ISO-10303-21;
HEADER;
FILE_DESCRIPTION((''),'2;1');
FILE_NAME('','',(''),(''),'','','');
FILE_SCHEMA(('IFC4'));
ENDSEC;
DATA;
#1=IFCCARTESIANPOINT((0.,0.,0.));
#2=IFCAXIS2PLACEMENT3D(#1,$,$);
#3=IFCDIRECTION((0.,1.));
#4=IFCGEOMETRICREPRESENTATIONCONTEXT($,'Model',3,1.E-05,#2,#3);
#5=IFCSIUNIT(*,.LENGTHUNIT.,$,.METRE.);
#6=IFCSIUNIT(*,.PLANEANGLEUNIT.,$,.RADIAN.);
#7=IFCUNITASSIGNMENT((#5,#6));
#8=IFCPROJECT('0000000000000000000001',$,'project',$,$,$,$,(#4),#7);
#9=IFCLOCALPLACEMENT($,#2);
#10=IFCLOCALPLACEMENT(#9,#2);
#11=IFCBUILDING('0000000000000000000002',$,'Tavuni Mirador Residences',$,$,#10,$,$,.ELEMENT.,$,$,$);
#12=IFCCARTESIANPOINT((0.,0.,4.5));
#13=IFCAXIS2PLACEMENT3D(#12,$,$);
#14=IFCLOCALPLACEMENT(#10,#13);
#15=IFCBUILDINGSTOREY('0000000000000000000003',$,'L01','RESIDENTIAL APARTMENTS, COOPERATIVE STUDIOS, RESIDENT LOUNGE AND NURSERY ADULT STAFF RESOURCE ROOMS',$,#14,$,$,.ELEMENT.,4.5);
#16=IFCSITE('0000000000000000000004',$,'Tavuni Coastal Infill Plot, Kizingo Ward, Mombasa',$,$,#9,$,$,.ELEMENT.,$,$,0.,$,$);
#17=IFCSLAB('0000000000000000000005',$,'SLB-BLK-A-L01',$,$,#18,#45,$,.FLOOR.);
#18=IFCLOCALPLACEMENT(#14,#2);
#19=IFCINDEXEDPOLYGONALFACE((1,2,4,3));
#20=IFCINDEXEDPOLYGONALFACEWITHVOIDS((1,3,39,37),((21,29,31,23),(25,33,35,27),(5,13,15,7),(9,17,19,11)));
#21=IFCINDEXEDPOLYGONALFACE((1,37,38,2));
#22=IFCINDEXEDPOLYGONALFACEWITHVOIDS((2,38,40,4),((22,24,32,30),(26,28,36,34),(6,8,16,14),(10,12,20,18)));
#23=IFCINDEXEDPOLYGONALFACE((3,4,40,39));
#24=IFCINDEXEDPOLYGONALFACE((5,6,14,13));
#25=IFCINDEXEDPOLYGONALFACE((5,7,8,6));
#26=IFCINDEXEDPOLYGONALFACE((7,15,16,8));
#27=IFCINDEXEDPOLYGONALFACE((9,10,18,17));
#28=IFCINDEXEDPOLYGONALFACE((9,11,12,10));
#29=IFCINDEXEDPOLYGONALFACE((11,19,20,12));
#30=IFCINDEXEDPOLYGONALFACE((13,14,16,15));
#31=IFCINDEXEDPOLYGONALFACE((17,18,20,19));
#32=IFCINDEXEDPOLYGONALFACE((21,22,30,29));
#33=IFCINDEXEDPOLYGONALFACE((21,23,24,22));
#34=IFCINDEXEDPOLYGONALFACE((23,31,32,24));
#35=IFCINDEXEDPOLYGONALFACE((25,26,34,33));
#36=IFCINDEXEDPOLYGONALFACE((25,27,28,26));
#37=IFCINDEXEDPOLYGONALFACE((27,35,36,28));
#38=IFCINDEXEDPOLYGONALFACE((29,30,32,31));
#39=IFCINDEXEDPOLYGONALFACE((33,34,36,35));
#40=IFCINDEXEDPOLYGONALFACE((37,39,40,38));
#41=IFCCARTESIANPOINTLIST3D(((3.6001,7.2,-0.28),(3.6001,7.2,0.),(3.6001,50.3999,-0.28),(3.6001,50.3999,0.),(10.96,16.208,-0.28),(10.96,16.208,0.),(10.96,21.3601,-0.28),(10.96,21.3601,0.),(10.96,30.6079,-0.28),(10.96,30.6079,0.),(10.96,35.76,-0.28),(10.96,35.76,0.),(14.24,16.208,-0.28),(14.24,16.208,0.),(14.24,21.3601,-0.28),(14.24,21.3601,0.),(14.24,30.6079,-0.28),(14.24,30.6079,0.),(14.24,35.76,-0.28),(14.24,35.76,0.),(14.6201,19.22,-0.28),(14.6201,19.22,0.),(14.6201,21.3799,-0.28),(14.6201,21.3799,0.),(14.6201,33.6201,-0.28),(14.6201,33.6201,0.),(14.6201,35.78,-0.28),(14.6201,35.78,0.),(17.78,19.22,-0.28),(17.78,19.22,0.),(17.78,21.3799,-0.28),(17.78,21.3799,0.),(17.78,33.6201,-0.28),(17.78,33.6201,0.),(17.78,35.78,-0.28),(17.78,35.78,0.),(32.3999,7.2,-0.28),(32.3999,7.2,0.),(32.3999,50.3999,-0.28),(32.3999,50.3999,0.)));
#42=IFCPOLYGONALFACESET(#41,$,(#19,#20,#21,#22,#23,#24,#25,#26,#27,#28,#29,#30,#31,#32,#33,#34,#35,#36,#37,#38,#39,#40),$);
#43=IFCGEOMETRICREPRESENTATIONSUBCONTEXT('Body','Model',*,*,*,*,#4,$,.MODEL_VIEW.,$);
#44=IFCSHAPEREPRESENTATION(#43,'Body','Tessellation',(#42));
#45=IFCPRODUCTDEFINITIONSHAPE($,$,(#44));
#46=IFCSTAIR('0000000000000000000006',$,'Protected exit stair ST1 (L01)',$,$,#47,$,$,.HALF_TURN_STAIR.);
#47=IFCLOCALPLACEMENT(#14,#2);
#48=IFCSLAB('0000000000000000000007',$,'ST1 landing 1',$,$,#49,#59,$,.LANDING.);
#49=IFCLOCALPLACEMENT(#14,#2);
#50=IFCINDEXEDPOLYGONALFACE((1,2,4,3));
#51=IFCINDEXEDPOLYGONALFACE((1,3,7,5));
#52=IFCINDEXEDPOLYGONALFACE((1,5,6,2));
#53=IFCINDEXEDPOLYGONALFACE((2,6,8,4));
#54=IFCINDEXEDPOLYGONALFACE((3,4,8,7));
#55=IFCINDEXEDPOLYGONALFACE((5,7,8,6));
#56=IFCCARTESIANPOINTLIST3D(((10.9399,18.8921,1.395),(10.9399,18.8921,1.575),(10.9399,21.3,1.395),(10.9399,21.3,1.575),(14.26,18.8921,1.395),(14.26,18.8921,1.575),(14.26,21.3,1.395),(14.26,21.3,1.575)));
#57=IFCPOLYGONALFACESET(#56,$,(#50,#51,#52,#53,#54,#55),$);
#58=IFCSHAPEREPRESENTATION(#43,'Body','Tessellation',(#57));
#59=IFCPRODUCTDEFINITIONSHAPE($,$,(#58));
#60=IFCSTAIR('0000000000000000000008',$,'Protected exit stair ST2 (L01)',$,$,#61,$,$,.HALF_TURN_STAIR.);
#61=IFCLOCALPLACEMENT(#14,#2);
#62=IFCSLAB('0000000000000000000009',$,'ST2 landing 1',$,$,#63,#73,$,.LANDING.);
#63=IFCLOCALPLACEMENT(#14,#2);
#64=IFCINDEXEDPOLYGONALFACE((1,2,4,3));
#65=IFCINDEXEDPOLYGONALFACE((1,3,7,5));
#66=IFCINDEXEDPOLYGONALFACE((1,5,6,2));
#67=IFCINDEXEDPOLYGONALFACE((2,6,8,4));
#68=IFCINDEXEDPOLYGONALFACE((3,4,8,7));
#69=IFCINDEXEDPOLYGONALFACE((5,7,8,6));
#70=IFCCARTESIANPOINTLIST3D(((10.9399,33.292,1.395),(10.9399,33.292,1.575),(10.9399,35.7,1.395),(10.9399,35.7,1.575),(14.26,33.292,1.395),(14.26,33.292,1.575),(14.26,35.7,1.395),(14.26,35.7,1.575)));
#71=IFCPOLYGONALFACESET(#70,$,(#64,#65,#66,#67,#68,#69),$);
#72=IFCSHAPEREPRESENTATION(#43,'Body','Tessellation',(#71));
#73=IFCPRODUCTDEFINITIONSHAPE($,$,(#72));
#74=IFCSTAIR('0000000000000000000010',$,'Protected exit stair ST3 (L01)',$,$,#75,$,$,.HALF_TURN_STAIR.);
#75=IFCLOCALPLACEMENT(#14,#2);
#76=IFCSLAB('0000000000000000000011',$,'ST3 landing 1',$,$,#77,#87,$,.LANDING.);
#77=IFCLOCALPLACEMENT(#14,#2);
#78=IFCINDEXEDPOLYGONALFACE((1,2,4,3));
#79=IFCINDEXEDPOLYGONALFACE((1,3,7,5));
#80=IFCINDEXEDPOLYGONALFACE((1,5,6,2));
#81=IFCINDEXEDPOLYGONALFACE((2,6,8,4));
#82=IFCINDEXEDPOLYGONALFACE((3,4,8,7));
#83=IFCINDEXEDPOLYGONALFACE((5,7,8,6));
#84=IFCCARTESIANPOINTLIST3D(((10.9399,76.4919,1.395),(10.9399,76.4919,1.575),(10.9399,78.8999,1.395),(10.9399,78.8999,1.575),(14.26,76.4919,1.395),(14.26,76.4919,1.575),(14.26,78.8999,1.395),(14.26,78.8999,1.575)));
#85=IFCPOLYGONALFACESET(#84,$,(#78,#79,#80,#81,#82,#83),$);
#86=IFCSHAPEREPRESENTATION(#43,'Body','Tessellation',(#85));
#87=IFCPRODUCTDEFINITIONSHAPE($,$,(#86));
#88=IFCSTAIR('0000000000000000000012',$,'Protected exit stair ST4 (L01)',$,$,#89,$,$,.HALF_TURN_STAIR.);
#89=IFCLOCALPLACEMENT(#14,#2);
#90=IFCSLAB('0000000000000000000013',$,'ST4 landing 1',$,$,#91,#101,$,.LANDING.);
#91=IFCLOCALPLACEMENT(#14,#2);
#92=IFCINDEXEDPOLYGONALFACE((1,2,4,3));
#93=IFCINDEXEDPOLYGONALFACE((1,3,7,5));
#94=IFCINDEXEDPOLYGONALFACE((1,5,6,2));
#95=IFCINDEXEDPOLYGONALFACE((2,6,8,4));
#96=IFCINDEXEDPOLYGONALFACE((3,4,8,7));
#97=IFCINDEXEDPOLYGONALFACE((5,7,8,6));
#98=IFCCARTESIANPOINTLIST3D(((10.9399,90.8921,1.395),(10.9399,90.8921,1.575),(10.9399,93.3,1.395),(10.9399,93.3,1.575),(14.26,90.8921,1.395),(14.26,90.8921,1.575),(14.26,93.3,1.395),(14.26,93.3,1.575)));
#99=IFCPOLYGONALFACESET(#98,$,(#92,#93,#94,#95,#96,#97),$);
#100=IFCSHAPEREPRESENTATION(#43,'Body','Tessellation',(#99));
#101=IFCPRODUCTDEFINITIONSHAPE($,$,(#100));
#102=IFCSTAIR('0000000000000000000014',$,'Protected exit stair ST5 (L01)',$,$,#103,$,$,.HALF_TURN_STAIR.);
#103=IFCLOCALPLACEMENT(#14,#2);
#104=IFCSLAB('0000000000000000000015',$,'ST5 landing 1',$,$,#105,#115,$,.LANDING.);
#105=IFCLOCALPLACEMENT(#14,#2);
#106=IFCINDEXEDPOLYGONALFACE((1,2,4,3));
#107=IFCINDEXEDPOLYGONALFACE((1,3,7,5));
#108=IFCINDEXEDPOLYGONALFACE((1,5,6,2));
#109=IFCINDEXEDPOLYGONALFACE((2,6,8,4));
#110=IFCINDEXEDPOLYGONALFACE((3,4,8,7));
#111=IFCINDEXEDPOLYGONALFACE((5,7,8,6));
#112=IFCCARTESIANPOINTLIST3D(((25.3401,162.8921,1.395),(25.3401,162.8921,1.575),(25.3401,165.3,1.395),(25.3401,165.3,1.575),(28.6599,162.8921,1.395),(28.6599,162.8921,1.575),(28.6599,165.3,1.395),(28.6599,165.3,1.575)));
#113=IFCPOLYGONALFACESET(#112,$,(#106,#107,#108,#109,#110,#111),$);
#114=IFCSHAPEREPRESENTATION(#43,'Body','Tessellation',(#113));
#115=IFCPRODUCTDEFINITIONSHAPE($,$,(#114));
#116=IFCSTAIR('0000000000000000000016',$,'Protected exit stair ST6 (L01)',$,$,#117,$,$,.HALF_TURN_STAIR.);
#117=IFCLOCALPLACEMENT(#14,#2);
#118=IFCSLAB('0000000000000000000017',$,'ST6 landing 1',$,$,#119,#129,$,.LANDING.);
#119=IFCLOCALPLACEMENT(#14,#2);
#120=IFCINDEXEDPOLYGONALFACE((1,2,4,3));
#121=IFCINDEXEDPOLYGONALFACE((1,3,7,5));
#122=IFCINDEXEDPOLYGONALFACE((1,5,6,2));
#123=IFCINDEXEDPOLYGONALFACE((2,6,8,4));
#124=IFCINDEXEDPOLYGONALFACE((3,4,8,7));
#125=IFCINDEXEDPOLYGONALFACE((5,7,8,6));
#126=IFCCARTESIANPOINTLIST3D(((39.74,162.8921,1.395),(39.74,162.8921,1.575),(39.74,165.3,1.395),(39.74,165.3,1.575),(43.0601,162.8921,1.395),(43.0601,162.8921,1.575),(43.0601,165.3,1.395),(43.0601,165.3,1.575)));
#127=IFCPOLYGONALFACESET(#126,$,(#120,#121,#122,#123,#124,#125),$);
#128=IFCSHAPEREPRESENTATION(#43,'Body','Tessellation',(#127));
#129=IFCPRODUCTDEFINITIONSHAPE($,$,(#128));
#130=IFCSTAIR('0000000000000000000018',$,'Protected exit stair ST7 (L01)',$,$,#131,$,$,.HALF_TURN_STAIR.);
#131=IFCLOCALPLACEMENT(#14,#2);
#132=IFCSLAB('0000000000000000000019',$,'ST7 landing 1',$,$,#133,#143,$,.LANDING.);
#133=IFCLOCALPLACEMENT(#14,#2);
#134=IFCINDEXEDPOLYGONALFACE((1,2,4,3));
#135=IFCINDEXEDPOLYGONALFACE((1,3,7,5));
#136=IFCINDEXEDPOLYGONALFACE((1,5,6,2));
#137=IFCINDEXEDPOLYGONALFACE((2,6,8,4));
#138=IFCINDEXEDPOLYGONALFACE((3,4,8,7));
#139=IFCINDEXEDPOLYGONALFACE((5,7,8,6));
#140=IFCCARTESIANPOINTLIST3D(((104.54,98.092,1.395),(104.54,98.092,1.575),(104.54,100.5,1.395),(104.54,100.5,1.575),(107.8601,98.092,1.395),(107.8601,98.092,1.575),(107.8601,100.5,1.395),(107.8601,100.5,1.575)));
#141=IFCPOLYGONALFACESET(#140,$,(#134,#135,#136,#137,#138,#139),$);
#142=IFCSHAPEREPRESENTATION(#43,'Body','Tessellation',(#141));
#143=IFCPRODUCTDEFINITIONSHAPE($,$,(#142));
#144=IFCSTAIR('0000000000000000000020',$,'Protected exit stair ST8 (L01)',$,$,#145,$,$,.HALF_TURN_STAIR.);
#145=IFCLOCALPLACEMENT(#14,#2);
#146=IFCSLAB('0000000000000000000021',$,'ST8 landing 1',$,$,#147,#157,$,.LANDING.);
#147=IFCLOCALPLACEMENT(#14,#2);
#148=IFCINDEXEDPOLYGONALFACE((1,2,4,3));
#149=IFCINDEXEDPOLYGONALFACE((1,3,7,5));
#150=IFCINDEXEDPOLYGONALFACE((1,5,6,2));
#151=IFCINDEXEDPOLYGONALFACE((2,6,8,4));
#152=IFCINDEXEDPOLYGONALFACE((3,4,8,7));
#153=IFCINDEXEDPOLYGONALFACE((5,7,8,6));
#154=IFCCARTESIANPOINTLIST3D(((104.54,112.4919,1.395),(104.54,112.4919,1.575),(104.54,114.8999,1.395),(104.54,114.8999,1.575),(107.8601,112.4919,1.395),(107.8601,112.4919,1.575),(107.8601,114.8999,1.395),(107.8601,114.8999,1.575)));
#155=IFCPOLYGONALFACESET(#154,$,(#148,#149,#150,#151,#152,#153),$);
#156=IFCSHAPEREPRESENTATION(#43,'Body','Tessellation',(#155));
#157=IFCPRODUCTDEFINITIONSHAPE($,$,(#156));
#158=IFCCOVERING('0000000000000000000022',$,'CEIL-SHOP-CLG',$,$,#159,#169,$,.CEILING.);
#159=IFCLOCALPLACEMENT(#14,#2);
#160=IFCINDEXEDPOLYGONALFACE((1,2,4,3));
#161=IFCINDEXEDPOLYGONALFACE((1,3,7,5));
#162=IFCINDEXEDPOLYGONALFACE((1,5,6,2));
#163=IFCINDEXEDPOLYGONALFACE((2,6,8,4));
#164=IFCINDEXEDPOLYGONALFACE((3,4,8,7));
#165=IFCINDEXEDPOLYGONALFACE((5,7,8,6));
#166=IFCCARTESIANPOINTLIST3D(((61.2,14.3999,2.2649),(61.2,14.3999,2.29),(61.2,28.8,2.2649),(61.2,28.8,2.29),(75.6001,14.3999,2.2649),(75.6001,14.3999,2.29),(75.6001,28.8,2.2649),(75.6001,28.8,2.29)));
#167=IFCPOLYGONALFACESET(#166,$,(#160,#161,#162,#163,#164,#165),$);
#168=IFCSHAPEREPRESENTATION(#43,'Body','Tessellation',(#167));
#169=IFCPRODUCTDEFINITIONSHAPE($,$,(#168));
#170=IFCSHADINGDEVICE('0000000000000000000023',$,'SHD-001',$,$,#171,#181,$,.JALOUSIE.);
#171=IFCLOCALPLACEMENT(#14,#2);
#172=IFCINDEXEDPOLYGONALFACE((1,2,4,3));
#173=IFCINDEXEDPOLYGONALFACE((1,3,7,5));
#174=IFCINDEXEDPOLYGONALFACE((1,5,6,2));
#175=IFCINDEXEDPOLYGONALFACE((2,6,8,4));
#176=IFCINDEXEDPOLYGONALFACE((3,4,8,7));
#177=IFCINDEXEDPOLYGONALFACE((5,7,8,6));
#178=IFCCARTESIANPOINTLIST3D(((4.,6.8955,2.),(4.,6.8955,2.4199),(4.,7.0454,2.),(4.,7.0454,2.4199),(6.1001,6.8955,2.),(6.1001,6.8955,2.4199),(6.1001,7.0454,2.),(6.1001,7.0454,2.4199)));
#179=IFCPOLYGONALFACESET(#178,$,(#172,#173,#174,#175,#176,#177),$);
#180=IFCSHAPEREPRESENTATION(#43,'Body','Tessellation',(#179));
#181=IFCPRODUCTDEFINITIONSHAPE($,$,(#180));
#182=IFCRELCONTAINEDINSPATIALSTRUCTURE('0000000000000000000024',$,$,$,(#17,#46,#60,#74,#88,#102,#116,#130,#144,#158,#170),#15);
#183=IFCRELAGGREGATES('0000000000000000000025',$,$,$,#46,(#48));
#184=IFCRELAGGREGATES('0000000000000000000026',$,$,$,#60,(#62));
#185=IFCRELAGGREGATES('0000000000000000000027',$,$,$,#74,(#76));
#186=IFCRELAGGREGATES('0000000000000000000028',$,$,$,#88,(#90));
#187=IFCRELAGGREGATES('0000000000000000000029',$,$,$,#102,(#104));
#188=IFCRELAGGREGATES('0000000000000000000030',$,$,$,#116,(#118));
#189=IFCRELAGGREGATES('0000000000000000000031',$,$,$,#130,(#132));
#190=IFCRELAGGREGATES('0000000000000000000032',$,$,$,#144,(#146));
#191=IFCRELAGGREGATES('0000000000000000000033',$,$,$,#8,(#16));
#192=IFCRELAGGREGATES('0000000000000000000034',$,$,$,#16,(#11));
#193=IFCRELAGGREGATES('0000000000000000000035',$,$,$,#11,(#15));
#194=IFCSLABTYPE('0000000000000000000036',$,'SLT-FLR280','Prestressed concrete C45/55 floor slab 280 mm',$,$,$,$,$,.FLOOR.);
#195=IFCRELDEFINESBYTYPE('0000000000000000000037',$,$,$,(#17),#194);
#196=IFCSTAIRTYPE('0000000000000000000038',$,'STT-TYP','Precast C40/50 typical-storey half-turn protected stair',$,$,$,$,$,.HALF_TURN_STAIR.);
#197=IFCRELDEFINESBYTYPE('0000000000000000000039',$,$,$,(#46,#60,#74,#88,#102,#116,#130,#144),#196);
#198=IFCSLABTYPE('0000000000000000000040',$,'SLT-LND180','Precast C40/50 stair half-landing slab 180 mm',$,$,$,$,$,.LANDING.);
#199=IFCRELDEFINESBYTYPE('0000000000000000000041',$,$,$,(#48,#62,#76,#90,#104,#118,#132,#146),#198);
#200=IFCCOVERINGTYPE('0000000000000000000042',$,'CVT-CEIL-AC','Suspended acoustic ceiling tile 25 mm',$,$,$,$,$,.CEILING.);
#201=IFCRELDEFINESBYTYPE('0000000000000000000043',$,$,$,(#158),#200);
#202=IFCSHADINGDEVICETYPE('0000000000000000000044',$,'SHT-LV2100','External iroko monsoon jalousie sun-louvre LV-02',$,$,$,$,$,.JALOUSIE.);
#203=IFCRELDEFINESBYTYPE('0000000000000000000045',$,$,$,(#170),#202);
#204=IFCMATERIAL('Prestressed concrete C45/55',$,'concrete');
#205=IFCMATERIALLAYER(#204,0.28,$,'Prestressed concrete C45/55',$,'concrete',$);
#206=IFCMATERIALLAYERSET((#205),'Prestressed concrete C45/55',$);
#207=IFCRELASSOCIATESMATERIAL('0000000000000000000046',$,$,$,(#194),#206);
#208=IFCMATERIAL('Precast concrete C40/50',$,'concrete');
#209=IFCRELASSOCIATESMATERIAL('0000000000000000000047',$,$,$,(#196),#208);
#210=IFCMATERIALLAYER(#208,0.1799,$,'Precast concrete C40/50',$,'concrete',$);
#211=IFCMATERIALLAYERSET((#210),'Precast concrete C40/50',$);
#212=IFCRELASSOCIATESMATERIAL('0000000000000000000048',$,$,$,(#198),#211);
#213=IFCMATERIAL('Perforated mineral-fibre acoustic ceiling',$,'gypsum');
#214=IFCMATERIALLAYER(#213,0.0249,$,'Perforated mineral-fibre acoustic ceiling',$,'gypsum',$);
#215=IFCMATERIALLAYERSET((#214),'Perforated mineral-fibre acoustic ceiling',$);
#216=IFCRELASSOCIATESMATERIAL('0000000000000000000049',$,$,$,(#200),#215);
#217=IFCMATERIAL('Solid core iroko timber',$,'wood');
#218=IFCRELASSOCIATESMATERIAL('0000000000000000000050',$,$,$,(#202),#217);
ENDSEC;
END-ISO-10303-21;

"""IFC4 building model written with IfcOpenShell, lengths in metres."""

from ifc_helpers import new_model, si_unit, direction, frame, origin, origin_2d, place, context, subcontext, project, spatial, polyline, rectangle, outline, extrude, material, layer, layer_set, type_object, element, aggregate, save


model = new_model("IFC4")

# Units and contexts
model_context = context("Model", 3, precision=1e-05, world=origin(), true_north=direction((0.0, 1.0)))
body_context = subcontext(model_context, "Body", "Model", "MODEL_VIEW")
ifc_project = project(units=[si_unit("LENGTHUNIT", "METRE"), si_unit("PLANEANGLEUNIT", "RADIAN")], contexts=[model_context])

# Site, building, storey
site_placement = place(None, origin())
site = spatial("IfcSite", under=ifc_project, at=site_placement, Name="Tavuni Coastal Infill Plot, Kizingo Ward, Mombasa", CompositionType="ELEMENT", RefElevation=0.0)
building_placement = place(site_placement, origin())
building = spatial("IfcBuilding", under=site, at=building_placement, Name="Tavuni Mirador Residences", CompositionType="ELEMENT")
storey_placement = place(building_placement, frame((0.0, 0.0, 4.5)))
storey = spatial("IfcBuildingStorey", under=building, at=storey_placement, Name="L01", Description="RESIDENTIAL APARTMENTS, COOPERATIVE STUDIOS, RESIDENT LOUNGE AND NURSERY ADULT STAFF RESOURCE ROOMS", CompositionType="ELEMENT", Elevation=4.5)

# Shared definitions
ifc_material_1 = material(Name="Precast concrete C40/50", Category="concrete")

# Slab
ifc_material_2 = material(Name="Prestressed concrete C45/55", Category="concrete")
ifc_layer_1 = layer(ifc_material_2, 0.28, Name="Prestressed concrete C45/55", Category="concrete")
ifc_layer_set_1 = layer_set([ifc_layer_1], Name="Prestressed concrete C45/55")
slab_type_1 = type_object("IfcSlabType", Name="SLT-FLR280", Description="Prestressed concrete C45/55 floor slab 280 mm", PredefinedType="FLOOR", material=ifc_layer_set_1)
slab_1_placement = place(storey_placement, frame((0.0, 0.0, -0.28)))
element("IfcSlab", 1, at=slab_1_placement, inside=storey, type_object=slab_type_1, Name="SLB-BLK-A-L01", PredefinedType="FLOOR", context=body_context, shape_type="SweptSolid", body=[
    extrude(outline(polyline([(3.6001, 7.2), (32.3999, 7.2), (32.3999, 50.3999), (3.6001, 50.3999), (3.6001, 7.2)]), holes=[polyline([(10.96, 16.208), (14.24, 16.208), (14.24, 21.3601), (10.96, 21.3601), (10.96, 16.208)]), polyline([(14.6201, 19.22), (17.78, 19.22), (17.78, 21.3799), (14.6201, 21.3799), (14.6201, 19.22)]), polyline([(10.96, 30.6079), (14.24, 30.6079), (14.24, 35.76), (10.96, 35.76), (10.96, 30.6079)]), polyline([(14.6201, 33.6201), (17.78, 33.6201), (17.78, 35.78), (14.6201, 35.78), (14.6201, 33.6201)])]), origin(), (0.0, 0.0, 1.0), 0.28),
])

# Stairs, slabs
stair_type = type_object("IfcStairType", Name="STT-TYP", Description="Precast C40/50 typical-storey half-turn protected stair", PredefinedType="HALF_TURN_STAIR", material=ifc_material_1)
stair_1_placement = place(storey_placement, origin())
stair_1 = element("IfcStair", 2, at=stair_1_placement, inside=storey, type_object=stair_type, Name="Protected exit stair ST1 (L01)", PredefinedType="HALF_TURN_STAIR")
ifc_layer_2 = layer(ifc_material_1, 0.1799, Name="Precast concrete C40/50", Category="concrete")
ifc_layer_set_2 = layer_set([ifc_layer_2], Name="Precast concrete C40/50")
slab_type_2 = type_object("IfcSlabType", Name="SLT-LND180", Description="Precast C40/50 stair half-landing slab 180 mm", PredefinedType="LANDING", material=ifc_layer_set_2)
slab_2_placement = place(storey_placement, frame((0.0, 0.0, 1.395)))
slab_2 = element("IfcSlab", 3, at=slab_2_placement, type_object=slab_type_2, Name="ST1 landing 1", PredefinedType="LANDING", context=body_context, shape_type="SweptSolid", body=[
    extrude(outline(polyline([(10.9399, 18.8921), (14.26, 18.8921), (14.26, 21.3), (10.9399, 21.3), (10.9399, 18.8921)])), origin(), (0.0, 0.0, 1.0), 0.1799),
])
aggregate(stair_1, [slab_2])
stair_2_placement = place(storey_placement, origin())
stair_2 = element("IfcStair", 4, at=stair_2_placement, inside=storey, type_object=stair_type, Name="Protected exit stair ST2 (L01)", PredefinedType="HALF_TURN_STAIR")
slab_3_placement = place(storey_placement, frame((0.0, 0.0, 1.395)))
slab_3 = element("IfcSlab", 5, at=slab_3_placement, type_object=slab_type_2, Name="ST2 landing 1", PredefinedType="LANDING", context=body_context, shape_type="SweptSolid", body=[
    extrude(outline(polyline([(10.9399, 33.292), (14.26, 33.292), (14.26, 35.7), (10.9399, 35.7), (10.9399, 33.292)])), origin(), (0.0, 0.0, 1.0), 0.1799),
])
aggregate(stair_2, [slab_3])
stair_3_placement = place(storey_placement, origin())
stair_3 = element("IfcStair", 6, at=stair_3_placement, inside=storey, type_object=stair_type, Name="Protected exit stair ST3 (L01)", PredefinedType="HALF_TURN_STAIR")
slab_4_placement = place(storey_placement, frame((0.0, 0.0, 1.395)))
slab_4 = element("IfcSlab", 7, at=slab_4_placement, type_object=slab_type_2, Name="ST3 landing 1", PredefinedType="LANDING", context=body_context, shape_type="SweptSolid", body=[
    extrude(outline(polyline([(10.9399, 76.4919), (14.26, 76.4919), (14.26, 78.8999), (10.9399, 78.8999), (10.9399, 76.4919)])), origin(), (0.0, 0.0, 1.0), 0.1799),
])
aggregate(stair_3, [slab_4])
stair_4_placement = place(storey_placement, origin())
stair_4 = element("IfcStair", 8, at=stair_4_placement, inside=storey, type_object=stair_type, Name="Protected exit stair ST4 (L01)", PredefinedType="HALF_TURN_STAIR")
slab_5_placement = place(storey_placement, frame((0.0, 0.0, 1.395)))
slab_5 = element("IfcSlab", 9, at=slab_5_placement, type_object=slab_type_2, Name="ST4 landing 1", PredefinedType="LANDING", context=body_context, shape_type="SweptSolid", body=[
    extrude(outline(polyline([(10.9399, 90.8921), (14.26, 90.8921), (14.26, 93.3), (10.9399, 93.3), (10.9399, 90.8921)])), origin(), (0.0, 0.0, 1.0), 0.1799),
])
aggregate(stair_4, [slab_5])
stair_5_placement = place(storey_placement, origin())
stair_5 = element("IfcStair", 10, at=stair_5_placement, inside=storey, type_object=stair_type, Name="Protected exit stair ST5 (L01)", PredefinedType="HALF_TURN_STAIR")
slab_6_placement = place(storey_placement, frame((0.0, 0.0, 1.395)))
slab_6 = element("IfcSlab", 11, at=slab_6_placement, type_object=slab_type_2, Name="ST5 landing 1", PredefinedType="LANDING", context=body_context, shape_type="SweptSolid", body=[
    extrude(outline(polyline([(25.3401, 162.8921), (28.6599, 162.8921), (28.6599, 165.3), (25.3401, 165.3), (25.3401, 162.8921)])), origin(), (0.0, 0.0, 1.0), 0.1799),
])
aggregate(stair_5, [slab_6])
stair_6_placement = place(storey_placement, origin())
stair_6 = element("IfcStair", 12, at=stair_6_placement, inside=storey, type_object=stair_type, Name="Protected exit stair ST6 (L01)", PredefinedType="HALF_TURN_STAIR")
slab_7_placement = place(storey_placement, frame((0.0, 0.0, 1.395)))
slab_7 = element("IfcSlab", 13, at=slab_7_placement, type_object=slab_type_2, Name="ST6 landing 1", PredefinedType="LANDING", context=body_context, shape_type="SweptSolid", body=[
    extrude(outline(polyline([(39.74, 162.8921), (43.0601, 162.8921), (43.0601, 165.3), (39.74, 165.3), (39.74, 162.8921)])), origin(), (0.0, 0.0, 1.0), 0.1799),
])
aggregate(stair_6, [slab_7])
stair_7_placement = place(storey_placement, origin())
stair_7 = element("IfcStair", 14, at=stair_7_placement, inside=storey, type_object=stair_type, Name="Protected exit stair ST7 (L01)", PredefinedType="HALF_TURN_STAIR")
slab_8_placement = place(storey_placement, frame((0.0, 0.0, 1.395)))
slab_8 = element("IfcSlab", 15, at=slab_8_placement, type_object=slab_type_2, Name="ST7 landing 1", PredefinedType="LANDING", context=body_context, shape_type="SweptSolid", body=[
    extrude(outline(polyline([(104.54, 98.092), (107.8601, 98.092), (107.8601, 100.5), (104.54, 100.5), (104.54, 98.092)])), origin(), (0.0, 0.0, 1.0), 0.1799),
])
aggregate(stair_7, [slab_8])
stair_8_placement = place(storey_placement, origin())
stair_8 = element("IfcStair", 16, at=stair_8_placement, inside=storey, type_object=stair_type, Name="Protected exit stair ST8 (L01)", PredefinedType="HALF_TURN_STAIR")
slab_9_placement = place(storey_placement, frame((0.0, 0.0, 1.395)))
slab_9 = element("IfcSlab", 17, at=slab_9_placement, type_object=slab_type_2, Name="ST8 landing 1", PredefinedType="LANDING", context=body_context, shape_type="SweptSolid", body=[
    extrude(outline(polyline([(104.54, 112.4919), (107.8601, 112.4919), (107.8601, 114.8999), (104.54, 114.8999), (104.54, 112.4919)])), origin(), (0.0, 0.0, 1.0), 0.1799),
])
aggregate(stair_8, [slab_9])

# Covering
ifc_material_3 = material(Name="Perforated mineral-fibre acoustic ceiling", Category="gypsum")
ifc_layer_3 = layer(ifc_material_3, 0.0249, Name="Perforated mineral-fibre acoustic ceiling", Category="gypsum")
ifc_layer_set_3 = layer_set([ifc_layer_3], Name="Perforated mineral-fibre acoustic ceiling")
covering_type = type_object("IfcCoveringType", Name="CVT-CEIL-AC", Description="Suspended acoustic ceiling tile 25 mm", PredefinedType="CEILING", material=ifc_layer_set_3)
covering_placement = place(storey_placement, frame((0.0, 0.0, 2.2649)))
element("IfcCovering", 18, at=covering_placement, inside=storey, type_object=covering_type, Name="CEIL-SHOP-CLG", PredefinedType="CEILING", context=body_context, shape_type="SweptSolid", body=[
    extrude(outline(polyline([(61.2, 14.3999), (75.6001, 14.3999), (75.6001, 28.8), (61.2, 28.8), (61.2, 14.3999)])), origin(), (0.0, 0.0, 1.0), 0.0251),
])

# Shading device
ifc_material_4 = material(Name="Solid core iroko timber", Category="wood")
shading_device_type = type_object("IfcShadingDeviceType", Name="SHT-LV2100", Description="External iroko monsoon jalousie sun-louvre LV-02", PredefinedType="JALOUSIE", material=ifc_material_4)
shading_device_placement = place(storey_placement, frame((5.05, 6.9705, 2.0), z_axis=(0.0, 0.0, 1.0), x_axis=(1.0, 0.0, 0.0)))
element("IfcShadingDevice", 19, at=shading_device_placement, inside=storey, type_object=shading_device_type, Name="SHD-001", PredefinedType="JALOUSIE", context=body_context, shape_type="SweptSolid", body=[
    extrude(rectangle(XDim=2.1001, YDim=0.1499, at=origin_2d()), origin(), (0.0, 0.0, 1.0), 0.4199),
])

save(model, "model.ifc")
